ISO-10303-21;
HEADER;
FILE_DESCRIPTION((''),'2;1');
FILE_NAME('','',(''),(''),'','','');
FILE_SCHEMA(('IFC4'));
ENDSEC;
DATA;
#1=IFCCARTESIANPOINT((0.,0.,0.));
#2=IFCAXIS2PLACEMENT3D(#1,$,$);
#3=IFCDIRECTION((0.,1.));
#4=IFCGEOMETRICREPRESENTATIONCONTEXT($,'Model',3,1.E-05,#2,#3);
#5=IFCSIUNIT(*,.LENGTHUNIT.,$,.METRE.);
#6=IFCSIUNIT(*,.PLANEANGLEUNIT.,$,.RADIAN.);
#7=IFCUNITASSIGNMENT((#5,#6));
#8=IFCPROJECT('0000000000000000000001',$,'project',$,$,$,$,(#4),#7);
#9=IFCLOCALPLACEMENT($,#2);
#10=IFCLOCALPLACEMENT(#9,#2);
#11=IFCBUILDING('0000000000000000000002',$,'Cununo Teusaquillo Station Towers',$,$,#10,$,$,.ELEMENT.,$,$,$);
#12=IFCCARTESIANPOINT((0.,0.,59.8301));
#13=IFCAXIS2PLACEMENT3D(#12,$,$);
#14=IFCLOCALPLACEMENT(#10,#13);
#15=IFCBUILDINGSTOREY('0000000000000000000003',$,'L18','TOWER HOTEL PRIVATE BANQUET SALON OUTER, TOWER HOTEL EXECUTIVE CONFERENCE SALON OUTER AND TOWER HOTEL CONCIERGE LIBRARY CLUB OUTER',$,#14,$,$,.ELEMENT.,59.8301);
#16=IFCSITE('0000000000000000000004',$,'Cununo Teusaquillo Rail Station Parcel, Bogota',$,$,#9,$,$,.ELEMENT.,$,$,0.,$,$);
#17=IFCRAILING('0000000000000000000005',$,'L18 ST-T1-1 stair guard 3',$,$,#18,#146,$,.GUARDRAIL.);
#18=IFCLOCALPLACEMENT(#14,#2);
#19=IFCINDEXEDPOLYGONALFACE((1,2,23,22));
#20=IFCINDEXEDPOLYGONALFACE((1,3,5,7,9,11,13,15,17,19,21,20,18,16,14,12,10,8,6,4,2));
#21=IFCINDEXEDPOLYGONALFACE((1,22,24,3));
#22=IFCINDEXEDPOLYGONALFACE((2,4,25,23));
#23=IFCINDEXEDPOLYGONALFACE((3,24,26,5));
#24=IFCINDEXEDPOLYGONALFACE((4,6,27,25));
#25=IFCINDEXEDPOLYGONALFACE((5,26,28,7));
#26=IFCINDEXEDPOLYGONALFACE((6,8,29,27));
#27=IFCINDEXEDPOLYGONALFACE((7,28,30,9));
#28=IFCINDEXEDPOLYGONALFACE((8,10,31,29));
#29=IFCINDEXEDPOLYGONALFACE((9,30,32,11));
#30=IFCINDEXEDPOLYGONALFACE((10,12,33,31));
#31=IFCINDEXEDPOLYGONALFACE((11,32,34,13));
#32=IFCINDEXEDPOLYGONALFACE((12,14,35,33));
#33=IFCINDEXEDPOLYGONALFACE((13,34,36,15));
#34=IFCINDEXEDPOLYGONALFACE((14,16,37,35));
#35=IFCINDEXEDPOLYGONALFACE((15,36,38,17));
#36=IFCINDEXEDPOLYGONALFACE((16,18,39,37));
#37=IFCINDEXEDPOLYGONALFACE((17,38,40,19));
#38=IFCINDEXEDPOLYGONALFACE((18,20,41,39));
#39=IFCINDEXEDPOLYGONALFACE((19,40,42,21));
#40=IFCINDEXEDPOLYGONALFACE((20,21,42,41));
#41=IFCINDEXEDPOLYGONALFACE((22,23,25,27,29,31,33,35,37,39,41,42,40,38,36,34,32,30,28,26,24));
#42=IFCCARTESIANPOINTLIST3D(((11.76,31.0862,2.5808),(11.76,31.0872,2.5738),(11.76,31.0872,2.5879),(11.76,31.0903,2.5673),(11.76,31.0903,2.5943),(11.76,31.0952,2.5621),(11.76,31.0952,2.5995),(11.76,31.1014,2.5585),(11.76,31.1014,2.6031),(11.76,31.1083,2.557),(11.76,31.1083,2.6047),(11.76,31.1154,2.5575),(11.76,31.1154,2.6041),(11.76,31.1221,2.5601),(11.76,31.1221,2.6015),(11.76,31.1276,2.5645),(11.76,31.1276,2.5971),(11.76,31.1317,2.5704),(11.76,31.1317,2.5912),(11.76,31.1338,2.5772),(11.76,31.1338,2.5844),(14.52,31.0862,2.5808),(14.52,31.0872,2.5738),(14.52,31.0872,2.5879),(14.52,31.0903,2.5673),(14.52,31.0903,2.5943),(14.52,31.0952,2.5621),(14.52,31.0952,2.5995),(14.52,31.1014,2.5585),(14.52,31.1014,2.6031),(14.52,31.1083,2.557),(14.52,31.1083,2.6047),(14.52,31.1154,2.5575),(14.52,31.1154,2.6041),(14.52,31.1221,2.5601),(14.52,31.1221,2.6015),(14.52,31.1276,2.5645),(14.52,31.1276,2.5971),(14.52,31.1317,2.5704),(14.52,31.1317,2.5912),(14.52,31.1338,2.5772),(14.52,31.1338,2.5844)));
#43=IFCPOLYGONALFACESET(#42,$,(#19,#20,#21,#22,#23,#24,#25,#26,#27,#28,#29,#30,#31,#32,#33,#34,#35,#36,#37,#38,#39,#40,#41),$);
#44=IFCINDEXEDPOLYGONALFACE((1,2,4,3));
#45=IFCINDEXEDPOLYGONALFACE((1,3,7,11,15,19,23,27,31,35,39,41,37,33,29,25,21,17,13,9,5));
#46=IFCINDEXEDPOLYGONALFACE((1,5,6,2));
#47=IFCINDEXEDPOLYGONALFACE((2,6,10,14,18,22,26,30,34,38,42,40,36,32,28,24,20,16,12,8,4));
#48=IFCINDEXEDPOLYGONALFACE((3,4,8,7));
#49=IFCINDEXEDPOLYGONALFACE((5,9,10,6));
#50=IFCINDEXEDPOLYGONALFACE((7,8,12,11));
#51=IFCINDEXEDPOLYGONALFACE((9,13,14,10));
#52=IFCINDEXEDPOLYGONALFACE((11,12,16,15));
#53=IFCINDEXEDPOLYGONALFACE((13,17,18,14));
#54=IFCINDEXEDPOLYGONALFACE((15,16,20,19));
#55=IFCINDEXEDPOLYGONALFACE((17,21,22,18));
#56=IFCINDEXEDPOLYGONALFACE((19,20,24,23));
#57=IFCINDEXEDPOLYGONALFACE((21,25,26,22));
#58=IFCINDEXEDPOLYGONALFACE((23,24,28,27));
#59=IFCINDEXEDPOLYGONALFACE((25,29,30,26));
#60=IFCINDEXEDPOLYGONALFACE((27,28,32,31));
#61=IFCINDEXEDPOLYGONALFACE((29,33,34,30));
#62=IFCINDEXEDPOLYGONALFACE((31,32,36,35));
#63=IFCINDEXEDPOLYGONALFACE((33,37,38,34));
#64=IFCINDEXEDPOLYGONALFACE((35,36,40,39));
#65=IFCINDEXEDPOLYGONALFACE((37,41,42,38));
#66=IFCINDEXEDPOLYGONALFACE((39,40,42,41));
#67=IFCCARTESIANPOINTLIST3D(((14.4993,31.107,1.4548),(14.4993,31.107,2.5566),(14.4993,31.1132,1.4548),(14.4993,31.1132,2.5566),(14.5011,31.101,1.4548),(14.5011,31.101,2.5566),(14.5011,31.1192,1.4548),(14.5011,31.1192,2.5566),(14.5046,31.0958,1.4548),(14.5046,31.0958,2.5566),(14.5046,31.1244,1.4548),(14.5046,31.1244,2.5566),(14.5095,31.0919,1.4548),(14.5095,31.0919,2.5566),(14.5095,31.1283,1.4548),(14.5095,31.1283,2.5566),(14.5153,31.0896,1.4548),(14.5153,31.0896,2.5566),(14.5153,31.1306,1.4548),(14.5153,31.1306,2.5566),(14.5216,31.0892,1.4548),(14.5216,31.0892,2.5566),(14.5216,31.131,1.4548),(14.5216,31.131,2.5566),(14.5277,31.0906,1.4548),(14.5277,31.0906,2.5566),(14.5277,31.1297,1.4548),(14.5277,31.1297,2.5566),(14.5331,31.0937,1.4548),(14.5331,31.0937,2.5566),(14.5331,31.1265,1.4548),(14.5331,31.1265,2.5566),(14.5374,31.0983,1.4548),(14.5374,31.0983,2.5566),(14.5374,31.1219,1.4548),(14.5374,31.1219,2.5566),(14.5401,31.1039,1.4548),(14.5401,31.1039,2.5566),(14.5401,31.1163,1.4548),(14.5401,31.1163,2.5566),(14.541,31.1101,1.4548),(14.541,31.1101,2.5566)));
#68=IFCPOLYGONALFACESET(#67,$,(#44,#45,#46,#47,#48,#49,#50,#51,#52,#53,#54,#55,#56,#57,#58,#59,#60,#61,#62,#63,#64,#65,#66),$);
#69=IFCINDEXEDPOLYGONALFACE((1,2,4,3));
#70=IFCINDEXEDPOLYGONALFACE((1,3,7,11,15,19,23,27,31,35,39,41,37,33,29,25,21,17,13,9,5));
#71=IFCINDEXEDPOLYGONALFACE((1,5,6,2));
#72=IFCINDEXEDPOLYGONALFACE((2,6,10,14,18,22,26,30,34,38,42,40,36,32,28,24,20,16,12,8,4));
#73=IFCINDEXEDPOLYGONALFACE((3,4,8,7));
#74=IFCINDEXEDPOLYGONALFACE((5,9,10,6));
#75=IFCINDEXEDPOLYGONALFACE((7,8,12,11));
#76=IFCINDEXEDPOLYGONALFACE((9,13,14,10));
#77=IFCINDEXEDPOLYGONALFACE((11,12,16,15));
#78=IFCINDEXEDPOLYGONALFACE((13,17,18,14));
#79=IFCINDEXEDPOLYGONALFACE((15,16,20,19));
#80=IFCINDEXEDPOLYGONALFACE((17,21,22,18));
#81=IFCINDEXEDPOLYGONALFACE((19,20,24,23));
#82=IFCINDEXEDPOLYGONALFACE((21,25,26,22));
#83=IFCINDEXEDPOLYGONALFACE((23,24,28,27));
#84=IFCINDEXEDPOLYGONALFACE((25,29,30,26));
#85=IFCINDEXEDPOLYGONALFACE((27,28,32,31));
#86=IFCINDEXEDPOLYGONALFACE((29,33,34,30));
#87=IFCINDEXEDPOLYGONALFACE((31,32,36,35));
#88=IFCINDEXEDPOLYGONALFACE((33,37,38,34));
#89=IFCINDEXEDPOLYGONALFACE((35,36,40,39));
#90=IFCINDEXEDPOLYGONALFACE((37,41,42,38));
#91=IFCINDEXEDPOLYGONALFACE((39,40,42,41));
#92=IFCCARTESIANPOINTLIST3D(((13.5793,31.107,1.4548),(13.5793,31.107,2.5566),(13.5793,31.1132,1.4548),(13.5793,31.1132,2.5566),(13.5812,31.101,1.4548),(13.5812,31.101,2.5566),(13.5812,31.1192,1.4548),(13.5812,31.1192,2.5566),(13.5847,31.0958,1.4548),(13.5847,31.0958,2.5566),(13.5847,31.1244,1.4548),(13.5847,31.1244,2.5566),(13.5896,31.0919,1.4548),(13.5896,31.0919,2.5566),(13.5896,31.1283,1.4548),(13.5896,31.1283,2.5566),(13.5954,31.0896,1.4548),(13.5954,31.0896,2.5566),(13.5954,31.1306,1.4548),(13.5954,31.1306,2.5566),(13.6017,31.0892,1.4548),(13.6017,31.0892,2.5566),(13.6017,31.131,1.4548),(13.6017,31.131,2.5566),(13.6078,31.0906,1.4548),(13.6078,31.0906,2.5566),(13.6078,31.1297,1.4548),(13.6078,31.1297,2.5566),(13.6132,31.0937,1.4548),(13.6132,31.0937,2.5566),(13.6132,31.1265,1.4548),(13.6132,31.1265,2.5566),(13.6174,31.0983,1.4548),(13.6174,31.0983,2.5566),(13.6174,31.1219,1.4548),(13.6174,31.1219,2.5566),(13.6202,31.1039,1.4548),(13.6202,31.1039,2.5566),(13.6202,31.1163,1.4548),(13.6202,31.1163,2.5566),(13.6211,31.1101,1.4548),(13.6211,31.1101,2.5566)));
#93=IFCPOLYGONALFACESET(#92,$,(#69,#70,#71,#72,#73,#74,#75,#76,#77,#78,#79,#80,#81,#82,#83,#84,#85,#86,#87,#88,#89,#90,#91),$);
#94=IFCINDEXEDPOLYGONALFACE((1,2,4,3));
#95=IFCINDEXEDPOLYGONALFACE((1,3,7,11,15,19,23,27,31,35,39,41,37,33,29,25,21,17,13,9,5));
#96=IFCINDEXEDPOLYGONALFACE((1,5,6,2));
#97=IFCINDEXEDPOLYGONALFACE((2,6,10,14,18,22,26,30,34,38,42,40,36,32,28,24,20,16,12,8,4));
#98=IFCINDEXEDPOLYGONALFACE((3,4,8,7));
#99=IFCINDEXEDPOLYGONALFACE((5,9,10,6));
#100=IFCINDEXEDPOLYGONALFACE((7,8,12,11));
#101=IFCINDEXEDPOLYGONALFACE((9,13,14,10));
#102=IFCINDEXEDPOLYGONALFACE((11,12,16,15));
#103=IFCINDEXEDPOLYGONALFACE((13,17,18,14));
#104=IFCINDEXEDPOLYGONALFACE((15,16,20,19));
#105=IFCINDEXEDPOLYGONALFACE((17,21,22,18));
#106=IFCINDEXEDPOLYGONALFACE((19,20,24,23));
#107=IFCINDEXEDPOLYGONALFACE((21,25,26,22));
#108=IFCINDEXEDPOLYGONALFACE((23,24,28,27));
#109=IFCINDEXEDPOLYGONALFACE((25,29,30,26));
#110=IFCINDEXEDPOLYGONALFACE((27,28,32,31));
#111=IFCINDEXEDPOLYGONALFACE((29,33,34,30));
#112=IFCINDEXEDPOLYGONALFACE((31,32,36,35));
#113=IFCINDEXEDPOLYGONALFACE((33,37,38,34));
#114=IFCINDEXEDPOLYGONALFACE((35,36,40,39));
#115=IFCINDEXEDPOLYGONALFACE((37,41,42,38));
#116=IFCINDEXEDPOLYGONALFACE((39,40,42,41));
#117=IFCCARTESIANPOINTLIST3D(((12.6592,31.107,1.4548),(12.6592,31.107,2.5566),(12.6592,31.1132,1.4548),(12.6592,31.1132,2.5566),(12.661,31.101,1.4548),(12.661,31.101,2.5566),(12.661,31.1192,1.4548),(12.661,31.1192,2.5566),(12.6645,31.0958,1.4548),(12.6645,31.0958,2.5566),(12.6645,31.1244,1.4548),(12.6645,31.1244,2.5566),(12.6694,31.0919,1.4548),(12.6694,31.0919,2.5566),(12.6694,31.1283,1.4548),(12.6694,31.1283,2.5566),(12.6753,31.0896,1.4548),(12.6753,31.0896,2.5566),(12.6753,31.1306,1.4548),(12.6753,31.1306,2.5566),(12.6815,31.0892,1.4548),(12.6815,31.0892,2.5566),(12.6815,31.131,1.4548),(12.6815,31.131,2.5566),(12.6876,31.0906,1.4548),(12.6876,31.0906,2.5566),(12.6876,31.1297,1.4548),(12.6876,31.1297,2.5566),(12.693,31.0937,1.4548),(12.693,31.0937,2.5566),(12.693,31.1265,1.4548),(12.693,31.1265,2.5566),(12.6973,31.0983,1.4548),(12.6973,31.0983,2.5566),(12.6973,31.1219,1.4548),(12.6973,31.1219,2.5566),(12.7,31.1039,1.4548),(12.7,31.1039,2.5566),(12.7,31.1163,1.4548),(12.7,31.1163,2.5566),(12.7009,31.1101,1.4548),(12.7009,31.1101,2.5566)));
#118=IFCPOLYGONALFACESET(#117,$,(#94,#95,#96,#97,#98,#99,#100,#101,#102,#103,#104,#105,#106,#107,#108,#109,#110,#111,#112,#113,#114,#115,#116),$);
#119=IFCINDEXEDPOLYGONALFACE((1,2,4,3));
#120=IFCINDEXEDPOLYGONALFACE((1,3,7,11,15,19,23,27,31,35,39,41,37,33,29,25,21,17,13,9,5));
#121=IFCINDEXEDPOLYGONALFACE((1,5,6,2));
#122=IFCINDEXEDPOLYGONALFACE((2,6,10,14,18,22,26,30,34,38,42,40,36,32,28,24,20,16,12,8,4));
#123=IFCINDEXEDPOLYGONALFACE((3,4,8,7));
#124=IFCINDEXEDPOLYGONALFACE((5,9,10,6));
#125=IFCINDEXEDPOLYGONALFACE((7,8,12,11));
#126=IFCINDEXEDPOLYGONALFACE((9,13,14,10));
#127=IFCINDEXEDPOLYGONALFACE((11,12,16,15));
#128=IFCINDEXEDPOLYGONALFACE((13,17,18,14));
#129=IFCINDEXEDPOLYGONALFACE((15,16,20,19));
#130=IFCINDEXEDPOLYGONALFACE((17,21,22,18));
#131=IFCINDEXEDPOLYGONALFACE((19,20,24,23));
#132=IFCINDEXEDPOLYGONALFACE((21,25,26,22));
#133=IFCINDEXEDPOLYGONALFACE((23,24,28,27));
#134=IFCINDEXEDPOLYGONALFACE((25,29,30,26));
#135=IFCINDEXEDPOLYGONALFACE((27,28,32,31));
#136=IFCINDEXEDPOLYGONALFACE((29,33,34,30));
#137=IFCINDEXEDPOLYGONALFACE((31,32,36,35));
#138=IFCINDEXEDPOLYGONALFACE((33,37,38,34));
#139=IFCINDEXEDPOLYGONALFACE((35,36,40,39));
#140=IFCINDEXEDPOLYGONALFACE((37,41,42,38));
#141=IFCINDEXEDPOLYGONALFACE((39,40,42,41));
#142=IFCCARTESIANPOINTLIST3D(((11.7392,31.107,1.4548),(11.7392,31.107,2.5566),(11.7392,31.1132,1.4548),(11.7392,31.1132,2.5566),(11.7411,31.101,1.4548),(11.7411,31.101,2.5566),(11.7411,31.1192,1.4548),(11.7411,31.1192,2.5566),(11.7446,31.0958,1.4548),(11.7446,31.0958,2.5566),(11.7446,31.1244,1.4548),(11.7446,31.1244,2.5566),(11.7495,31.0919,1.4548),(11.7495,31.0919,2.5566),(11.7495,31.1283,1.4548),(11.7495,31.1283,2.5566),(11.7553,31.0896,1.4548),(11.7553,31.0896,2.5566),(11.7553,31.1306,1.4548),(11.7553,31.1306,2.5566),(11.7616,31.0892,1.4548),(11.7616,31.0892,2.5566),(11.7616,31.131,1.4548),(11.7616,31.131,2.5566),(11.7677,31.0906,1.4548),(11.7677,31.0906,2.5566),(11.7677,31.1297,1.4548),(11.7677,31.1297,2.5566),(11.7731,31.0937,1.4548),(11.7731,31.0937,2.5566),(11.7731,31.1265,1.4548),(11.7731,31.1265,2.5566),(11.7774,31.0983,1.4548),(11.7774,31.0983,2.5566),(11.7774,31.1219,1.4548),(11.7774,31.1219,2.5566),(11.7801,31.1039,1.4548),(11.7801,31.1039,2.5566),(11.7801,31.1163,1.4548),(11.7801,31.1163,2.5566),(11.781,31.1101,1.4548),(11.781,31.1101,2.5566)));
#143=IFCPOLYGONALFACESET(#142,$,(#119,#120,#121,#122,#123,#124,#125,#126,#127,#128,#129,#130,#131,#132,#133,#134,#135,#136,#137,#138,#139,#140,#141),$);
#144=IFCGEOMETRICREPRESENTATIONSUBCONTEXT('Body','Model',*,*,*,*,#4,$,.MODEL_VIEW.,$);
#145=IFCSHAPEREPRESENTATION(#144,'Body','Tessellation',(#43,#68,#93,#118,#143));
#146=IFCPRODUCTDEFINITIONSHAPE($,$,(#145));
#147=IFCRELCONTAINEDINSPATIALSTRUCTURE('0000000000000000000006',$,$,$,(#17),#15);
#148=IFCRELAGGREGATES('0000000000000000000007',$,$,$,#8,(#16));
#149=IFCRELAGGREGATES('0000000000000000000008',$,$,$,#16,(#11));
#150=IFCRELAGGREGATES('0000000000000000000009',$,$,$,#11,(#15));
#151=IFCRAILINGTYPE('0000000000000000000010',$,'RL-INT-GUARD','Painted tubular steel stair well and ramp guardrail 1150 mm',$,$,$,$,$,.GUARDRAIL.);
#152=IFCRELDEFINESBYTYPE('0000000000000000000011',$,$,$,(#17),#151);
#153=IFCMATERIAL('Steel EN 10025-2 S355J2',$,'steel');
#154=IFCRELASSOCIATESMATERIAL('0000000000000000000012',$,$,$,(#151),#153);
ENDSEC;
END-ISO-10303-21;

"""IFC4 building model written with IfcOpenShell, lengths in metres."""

from ifc_helpers import new_model, si_unit, direction, frame, origin, origin_2d, place, context, subcontext, project, spatial, circle, extrude, material, type_object, element, save


model = new_model("IFC4")

# Units and contexts
model_context = context("Model", 3, precision=1e-05, world=origin(), true_north=direction((0.0, 1.0)))
body_context = subcontext(model_context, "Body", "Model", "MODEL_VIEW")
ifc_project = project(units=[si_unit("LENGTHUNIT", "METRE"), si_unit("PLANEANGLEUNIT", "RADIAN")], contexts=[model_context])

# Site, building, storey
site_placement = place(None, origin())
site = spatial("IfcSite", under=ifc_project, at=site_placement, Name="Cununo Teusaquillo Rail Station Parcel, Bogota", CompositionType="ELEMENT", RefElevation=0.0)
building_placement = place(site_placement, origin())
building = spatial("IfcBuilding", under=site, at=building_placement, Name="Cununo Teusaquillo Station Towers", CompositionType="ELEMENT")
storey_placement = place(building_placement, frame((0.0, 0.0, 59.8301)))
storey = spatial("IfcBuildingStorey", under=building, at=storey_placement, Name="L18", Description="TOWER HOTEL PRIVATE BANQUET SALON OUTER, TOWER HOTEL EXECUTIVE CONFERENCE SALON OUTER AND TOWER HOTEL CONCIERGE LIBRARY CLUB OUTER", CompositionType="ELEMENT", Elevation=59.8301)

# Railing
ifc_material_1 = material(Name="Steel EN 10025-2 S355J2", Category="steel")
railing_type_1 = type_object("IfcRailingType", Name="RL-INT-GUARD", Description="Painted tubular steel stair well and ramp guardrail 1150 mm", PredefinedType="GUARDRAIL", material=ifc_material_1)
railing_1_placement = place(storey_placement, frame((14.52, 31.1101, 1.4548)))
element("IfcRailing", 1, at=railing_1_placement, inside=storey, type_object=railing_type_1, Name="L18 ST-T1-1 stair guard 3", PredefinedType="GUARDRAIL", context=body_context, shape_type="SweptSolid", body=[
    extrude(circle(Radius=0.0239, at=origin_2d()), frame((0.0, 0.0, 1.126), z_axis=(-1.0, 0.0, 0.0), x_axis=(0.0, -1.0, 0.0)), (0.0, 0.0, 1.0), 2.76),
    extrude(circle(Radius=0.021, at=origin_2d()), origin(), (0.0, 0.0, 1.0), 1.1018),
    extrude(circle(Radius=0.021, at=origin_2d()), frame((-0.9199, 0.0, 0.0)), (0.0, 0.0, 1.0), 1.1018),
    extrude(circle(Radius=0.021, at=origin_2d()), frame((-1.8401, 0.0, 0.0)), (0.0, 0.0, 1.0), 1.1018),
    extrude(circle(Radius=0.021, at=origin_2d()), frame((-2.76, 0.0, 0.0)), (0.0, 0.0, 1.0), 1.1018),
])

save(model, "model.ifc")
